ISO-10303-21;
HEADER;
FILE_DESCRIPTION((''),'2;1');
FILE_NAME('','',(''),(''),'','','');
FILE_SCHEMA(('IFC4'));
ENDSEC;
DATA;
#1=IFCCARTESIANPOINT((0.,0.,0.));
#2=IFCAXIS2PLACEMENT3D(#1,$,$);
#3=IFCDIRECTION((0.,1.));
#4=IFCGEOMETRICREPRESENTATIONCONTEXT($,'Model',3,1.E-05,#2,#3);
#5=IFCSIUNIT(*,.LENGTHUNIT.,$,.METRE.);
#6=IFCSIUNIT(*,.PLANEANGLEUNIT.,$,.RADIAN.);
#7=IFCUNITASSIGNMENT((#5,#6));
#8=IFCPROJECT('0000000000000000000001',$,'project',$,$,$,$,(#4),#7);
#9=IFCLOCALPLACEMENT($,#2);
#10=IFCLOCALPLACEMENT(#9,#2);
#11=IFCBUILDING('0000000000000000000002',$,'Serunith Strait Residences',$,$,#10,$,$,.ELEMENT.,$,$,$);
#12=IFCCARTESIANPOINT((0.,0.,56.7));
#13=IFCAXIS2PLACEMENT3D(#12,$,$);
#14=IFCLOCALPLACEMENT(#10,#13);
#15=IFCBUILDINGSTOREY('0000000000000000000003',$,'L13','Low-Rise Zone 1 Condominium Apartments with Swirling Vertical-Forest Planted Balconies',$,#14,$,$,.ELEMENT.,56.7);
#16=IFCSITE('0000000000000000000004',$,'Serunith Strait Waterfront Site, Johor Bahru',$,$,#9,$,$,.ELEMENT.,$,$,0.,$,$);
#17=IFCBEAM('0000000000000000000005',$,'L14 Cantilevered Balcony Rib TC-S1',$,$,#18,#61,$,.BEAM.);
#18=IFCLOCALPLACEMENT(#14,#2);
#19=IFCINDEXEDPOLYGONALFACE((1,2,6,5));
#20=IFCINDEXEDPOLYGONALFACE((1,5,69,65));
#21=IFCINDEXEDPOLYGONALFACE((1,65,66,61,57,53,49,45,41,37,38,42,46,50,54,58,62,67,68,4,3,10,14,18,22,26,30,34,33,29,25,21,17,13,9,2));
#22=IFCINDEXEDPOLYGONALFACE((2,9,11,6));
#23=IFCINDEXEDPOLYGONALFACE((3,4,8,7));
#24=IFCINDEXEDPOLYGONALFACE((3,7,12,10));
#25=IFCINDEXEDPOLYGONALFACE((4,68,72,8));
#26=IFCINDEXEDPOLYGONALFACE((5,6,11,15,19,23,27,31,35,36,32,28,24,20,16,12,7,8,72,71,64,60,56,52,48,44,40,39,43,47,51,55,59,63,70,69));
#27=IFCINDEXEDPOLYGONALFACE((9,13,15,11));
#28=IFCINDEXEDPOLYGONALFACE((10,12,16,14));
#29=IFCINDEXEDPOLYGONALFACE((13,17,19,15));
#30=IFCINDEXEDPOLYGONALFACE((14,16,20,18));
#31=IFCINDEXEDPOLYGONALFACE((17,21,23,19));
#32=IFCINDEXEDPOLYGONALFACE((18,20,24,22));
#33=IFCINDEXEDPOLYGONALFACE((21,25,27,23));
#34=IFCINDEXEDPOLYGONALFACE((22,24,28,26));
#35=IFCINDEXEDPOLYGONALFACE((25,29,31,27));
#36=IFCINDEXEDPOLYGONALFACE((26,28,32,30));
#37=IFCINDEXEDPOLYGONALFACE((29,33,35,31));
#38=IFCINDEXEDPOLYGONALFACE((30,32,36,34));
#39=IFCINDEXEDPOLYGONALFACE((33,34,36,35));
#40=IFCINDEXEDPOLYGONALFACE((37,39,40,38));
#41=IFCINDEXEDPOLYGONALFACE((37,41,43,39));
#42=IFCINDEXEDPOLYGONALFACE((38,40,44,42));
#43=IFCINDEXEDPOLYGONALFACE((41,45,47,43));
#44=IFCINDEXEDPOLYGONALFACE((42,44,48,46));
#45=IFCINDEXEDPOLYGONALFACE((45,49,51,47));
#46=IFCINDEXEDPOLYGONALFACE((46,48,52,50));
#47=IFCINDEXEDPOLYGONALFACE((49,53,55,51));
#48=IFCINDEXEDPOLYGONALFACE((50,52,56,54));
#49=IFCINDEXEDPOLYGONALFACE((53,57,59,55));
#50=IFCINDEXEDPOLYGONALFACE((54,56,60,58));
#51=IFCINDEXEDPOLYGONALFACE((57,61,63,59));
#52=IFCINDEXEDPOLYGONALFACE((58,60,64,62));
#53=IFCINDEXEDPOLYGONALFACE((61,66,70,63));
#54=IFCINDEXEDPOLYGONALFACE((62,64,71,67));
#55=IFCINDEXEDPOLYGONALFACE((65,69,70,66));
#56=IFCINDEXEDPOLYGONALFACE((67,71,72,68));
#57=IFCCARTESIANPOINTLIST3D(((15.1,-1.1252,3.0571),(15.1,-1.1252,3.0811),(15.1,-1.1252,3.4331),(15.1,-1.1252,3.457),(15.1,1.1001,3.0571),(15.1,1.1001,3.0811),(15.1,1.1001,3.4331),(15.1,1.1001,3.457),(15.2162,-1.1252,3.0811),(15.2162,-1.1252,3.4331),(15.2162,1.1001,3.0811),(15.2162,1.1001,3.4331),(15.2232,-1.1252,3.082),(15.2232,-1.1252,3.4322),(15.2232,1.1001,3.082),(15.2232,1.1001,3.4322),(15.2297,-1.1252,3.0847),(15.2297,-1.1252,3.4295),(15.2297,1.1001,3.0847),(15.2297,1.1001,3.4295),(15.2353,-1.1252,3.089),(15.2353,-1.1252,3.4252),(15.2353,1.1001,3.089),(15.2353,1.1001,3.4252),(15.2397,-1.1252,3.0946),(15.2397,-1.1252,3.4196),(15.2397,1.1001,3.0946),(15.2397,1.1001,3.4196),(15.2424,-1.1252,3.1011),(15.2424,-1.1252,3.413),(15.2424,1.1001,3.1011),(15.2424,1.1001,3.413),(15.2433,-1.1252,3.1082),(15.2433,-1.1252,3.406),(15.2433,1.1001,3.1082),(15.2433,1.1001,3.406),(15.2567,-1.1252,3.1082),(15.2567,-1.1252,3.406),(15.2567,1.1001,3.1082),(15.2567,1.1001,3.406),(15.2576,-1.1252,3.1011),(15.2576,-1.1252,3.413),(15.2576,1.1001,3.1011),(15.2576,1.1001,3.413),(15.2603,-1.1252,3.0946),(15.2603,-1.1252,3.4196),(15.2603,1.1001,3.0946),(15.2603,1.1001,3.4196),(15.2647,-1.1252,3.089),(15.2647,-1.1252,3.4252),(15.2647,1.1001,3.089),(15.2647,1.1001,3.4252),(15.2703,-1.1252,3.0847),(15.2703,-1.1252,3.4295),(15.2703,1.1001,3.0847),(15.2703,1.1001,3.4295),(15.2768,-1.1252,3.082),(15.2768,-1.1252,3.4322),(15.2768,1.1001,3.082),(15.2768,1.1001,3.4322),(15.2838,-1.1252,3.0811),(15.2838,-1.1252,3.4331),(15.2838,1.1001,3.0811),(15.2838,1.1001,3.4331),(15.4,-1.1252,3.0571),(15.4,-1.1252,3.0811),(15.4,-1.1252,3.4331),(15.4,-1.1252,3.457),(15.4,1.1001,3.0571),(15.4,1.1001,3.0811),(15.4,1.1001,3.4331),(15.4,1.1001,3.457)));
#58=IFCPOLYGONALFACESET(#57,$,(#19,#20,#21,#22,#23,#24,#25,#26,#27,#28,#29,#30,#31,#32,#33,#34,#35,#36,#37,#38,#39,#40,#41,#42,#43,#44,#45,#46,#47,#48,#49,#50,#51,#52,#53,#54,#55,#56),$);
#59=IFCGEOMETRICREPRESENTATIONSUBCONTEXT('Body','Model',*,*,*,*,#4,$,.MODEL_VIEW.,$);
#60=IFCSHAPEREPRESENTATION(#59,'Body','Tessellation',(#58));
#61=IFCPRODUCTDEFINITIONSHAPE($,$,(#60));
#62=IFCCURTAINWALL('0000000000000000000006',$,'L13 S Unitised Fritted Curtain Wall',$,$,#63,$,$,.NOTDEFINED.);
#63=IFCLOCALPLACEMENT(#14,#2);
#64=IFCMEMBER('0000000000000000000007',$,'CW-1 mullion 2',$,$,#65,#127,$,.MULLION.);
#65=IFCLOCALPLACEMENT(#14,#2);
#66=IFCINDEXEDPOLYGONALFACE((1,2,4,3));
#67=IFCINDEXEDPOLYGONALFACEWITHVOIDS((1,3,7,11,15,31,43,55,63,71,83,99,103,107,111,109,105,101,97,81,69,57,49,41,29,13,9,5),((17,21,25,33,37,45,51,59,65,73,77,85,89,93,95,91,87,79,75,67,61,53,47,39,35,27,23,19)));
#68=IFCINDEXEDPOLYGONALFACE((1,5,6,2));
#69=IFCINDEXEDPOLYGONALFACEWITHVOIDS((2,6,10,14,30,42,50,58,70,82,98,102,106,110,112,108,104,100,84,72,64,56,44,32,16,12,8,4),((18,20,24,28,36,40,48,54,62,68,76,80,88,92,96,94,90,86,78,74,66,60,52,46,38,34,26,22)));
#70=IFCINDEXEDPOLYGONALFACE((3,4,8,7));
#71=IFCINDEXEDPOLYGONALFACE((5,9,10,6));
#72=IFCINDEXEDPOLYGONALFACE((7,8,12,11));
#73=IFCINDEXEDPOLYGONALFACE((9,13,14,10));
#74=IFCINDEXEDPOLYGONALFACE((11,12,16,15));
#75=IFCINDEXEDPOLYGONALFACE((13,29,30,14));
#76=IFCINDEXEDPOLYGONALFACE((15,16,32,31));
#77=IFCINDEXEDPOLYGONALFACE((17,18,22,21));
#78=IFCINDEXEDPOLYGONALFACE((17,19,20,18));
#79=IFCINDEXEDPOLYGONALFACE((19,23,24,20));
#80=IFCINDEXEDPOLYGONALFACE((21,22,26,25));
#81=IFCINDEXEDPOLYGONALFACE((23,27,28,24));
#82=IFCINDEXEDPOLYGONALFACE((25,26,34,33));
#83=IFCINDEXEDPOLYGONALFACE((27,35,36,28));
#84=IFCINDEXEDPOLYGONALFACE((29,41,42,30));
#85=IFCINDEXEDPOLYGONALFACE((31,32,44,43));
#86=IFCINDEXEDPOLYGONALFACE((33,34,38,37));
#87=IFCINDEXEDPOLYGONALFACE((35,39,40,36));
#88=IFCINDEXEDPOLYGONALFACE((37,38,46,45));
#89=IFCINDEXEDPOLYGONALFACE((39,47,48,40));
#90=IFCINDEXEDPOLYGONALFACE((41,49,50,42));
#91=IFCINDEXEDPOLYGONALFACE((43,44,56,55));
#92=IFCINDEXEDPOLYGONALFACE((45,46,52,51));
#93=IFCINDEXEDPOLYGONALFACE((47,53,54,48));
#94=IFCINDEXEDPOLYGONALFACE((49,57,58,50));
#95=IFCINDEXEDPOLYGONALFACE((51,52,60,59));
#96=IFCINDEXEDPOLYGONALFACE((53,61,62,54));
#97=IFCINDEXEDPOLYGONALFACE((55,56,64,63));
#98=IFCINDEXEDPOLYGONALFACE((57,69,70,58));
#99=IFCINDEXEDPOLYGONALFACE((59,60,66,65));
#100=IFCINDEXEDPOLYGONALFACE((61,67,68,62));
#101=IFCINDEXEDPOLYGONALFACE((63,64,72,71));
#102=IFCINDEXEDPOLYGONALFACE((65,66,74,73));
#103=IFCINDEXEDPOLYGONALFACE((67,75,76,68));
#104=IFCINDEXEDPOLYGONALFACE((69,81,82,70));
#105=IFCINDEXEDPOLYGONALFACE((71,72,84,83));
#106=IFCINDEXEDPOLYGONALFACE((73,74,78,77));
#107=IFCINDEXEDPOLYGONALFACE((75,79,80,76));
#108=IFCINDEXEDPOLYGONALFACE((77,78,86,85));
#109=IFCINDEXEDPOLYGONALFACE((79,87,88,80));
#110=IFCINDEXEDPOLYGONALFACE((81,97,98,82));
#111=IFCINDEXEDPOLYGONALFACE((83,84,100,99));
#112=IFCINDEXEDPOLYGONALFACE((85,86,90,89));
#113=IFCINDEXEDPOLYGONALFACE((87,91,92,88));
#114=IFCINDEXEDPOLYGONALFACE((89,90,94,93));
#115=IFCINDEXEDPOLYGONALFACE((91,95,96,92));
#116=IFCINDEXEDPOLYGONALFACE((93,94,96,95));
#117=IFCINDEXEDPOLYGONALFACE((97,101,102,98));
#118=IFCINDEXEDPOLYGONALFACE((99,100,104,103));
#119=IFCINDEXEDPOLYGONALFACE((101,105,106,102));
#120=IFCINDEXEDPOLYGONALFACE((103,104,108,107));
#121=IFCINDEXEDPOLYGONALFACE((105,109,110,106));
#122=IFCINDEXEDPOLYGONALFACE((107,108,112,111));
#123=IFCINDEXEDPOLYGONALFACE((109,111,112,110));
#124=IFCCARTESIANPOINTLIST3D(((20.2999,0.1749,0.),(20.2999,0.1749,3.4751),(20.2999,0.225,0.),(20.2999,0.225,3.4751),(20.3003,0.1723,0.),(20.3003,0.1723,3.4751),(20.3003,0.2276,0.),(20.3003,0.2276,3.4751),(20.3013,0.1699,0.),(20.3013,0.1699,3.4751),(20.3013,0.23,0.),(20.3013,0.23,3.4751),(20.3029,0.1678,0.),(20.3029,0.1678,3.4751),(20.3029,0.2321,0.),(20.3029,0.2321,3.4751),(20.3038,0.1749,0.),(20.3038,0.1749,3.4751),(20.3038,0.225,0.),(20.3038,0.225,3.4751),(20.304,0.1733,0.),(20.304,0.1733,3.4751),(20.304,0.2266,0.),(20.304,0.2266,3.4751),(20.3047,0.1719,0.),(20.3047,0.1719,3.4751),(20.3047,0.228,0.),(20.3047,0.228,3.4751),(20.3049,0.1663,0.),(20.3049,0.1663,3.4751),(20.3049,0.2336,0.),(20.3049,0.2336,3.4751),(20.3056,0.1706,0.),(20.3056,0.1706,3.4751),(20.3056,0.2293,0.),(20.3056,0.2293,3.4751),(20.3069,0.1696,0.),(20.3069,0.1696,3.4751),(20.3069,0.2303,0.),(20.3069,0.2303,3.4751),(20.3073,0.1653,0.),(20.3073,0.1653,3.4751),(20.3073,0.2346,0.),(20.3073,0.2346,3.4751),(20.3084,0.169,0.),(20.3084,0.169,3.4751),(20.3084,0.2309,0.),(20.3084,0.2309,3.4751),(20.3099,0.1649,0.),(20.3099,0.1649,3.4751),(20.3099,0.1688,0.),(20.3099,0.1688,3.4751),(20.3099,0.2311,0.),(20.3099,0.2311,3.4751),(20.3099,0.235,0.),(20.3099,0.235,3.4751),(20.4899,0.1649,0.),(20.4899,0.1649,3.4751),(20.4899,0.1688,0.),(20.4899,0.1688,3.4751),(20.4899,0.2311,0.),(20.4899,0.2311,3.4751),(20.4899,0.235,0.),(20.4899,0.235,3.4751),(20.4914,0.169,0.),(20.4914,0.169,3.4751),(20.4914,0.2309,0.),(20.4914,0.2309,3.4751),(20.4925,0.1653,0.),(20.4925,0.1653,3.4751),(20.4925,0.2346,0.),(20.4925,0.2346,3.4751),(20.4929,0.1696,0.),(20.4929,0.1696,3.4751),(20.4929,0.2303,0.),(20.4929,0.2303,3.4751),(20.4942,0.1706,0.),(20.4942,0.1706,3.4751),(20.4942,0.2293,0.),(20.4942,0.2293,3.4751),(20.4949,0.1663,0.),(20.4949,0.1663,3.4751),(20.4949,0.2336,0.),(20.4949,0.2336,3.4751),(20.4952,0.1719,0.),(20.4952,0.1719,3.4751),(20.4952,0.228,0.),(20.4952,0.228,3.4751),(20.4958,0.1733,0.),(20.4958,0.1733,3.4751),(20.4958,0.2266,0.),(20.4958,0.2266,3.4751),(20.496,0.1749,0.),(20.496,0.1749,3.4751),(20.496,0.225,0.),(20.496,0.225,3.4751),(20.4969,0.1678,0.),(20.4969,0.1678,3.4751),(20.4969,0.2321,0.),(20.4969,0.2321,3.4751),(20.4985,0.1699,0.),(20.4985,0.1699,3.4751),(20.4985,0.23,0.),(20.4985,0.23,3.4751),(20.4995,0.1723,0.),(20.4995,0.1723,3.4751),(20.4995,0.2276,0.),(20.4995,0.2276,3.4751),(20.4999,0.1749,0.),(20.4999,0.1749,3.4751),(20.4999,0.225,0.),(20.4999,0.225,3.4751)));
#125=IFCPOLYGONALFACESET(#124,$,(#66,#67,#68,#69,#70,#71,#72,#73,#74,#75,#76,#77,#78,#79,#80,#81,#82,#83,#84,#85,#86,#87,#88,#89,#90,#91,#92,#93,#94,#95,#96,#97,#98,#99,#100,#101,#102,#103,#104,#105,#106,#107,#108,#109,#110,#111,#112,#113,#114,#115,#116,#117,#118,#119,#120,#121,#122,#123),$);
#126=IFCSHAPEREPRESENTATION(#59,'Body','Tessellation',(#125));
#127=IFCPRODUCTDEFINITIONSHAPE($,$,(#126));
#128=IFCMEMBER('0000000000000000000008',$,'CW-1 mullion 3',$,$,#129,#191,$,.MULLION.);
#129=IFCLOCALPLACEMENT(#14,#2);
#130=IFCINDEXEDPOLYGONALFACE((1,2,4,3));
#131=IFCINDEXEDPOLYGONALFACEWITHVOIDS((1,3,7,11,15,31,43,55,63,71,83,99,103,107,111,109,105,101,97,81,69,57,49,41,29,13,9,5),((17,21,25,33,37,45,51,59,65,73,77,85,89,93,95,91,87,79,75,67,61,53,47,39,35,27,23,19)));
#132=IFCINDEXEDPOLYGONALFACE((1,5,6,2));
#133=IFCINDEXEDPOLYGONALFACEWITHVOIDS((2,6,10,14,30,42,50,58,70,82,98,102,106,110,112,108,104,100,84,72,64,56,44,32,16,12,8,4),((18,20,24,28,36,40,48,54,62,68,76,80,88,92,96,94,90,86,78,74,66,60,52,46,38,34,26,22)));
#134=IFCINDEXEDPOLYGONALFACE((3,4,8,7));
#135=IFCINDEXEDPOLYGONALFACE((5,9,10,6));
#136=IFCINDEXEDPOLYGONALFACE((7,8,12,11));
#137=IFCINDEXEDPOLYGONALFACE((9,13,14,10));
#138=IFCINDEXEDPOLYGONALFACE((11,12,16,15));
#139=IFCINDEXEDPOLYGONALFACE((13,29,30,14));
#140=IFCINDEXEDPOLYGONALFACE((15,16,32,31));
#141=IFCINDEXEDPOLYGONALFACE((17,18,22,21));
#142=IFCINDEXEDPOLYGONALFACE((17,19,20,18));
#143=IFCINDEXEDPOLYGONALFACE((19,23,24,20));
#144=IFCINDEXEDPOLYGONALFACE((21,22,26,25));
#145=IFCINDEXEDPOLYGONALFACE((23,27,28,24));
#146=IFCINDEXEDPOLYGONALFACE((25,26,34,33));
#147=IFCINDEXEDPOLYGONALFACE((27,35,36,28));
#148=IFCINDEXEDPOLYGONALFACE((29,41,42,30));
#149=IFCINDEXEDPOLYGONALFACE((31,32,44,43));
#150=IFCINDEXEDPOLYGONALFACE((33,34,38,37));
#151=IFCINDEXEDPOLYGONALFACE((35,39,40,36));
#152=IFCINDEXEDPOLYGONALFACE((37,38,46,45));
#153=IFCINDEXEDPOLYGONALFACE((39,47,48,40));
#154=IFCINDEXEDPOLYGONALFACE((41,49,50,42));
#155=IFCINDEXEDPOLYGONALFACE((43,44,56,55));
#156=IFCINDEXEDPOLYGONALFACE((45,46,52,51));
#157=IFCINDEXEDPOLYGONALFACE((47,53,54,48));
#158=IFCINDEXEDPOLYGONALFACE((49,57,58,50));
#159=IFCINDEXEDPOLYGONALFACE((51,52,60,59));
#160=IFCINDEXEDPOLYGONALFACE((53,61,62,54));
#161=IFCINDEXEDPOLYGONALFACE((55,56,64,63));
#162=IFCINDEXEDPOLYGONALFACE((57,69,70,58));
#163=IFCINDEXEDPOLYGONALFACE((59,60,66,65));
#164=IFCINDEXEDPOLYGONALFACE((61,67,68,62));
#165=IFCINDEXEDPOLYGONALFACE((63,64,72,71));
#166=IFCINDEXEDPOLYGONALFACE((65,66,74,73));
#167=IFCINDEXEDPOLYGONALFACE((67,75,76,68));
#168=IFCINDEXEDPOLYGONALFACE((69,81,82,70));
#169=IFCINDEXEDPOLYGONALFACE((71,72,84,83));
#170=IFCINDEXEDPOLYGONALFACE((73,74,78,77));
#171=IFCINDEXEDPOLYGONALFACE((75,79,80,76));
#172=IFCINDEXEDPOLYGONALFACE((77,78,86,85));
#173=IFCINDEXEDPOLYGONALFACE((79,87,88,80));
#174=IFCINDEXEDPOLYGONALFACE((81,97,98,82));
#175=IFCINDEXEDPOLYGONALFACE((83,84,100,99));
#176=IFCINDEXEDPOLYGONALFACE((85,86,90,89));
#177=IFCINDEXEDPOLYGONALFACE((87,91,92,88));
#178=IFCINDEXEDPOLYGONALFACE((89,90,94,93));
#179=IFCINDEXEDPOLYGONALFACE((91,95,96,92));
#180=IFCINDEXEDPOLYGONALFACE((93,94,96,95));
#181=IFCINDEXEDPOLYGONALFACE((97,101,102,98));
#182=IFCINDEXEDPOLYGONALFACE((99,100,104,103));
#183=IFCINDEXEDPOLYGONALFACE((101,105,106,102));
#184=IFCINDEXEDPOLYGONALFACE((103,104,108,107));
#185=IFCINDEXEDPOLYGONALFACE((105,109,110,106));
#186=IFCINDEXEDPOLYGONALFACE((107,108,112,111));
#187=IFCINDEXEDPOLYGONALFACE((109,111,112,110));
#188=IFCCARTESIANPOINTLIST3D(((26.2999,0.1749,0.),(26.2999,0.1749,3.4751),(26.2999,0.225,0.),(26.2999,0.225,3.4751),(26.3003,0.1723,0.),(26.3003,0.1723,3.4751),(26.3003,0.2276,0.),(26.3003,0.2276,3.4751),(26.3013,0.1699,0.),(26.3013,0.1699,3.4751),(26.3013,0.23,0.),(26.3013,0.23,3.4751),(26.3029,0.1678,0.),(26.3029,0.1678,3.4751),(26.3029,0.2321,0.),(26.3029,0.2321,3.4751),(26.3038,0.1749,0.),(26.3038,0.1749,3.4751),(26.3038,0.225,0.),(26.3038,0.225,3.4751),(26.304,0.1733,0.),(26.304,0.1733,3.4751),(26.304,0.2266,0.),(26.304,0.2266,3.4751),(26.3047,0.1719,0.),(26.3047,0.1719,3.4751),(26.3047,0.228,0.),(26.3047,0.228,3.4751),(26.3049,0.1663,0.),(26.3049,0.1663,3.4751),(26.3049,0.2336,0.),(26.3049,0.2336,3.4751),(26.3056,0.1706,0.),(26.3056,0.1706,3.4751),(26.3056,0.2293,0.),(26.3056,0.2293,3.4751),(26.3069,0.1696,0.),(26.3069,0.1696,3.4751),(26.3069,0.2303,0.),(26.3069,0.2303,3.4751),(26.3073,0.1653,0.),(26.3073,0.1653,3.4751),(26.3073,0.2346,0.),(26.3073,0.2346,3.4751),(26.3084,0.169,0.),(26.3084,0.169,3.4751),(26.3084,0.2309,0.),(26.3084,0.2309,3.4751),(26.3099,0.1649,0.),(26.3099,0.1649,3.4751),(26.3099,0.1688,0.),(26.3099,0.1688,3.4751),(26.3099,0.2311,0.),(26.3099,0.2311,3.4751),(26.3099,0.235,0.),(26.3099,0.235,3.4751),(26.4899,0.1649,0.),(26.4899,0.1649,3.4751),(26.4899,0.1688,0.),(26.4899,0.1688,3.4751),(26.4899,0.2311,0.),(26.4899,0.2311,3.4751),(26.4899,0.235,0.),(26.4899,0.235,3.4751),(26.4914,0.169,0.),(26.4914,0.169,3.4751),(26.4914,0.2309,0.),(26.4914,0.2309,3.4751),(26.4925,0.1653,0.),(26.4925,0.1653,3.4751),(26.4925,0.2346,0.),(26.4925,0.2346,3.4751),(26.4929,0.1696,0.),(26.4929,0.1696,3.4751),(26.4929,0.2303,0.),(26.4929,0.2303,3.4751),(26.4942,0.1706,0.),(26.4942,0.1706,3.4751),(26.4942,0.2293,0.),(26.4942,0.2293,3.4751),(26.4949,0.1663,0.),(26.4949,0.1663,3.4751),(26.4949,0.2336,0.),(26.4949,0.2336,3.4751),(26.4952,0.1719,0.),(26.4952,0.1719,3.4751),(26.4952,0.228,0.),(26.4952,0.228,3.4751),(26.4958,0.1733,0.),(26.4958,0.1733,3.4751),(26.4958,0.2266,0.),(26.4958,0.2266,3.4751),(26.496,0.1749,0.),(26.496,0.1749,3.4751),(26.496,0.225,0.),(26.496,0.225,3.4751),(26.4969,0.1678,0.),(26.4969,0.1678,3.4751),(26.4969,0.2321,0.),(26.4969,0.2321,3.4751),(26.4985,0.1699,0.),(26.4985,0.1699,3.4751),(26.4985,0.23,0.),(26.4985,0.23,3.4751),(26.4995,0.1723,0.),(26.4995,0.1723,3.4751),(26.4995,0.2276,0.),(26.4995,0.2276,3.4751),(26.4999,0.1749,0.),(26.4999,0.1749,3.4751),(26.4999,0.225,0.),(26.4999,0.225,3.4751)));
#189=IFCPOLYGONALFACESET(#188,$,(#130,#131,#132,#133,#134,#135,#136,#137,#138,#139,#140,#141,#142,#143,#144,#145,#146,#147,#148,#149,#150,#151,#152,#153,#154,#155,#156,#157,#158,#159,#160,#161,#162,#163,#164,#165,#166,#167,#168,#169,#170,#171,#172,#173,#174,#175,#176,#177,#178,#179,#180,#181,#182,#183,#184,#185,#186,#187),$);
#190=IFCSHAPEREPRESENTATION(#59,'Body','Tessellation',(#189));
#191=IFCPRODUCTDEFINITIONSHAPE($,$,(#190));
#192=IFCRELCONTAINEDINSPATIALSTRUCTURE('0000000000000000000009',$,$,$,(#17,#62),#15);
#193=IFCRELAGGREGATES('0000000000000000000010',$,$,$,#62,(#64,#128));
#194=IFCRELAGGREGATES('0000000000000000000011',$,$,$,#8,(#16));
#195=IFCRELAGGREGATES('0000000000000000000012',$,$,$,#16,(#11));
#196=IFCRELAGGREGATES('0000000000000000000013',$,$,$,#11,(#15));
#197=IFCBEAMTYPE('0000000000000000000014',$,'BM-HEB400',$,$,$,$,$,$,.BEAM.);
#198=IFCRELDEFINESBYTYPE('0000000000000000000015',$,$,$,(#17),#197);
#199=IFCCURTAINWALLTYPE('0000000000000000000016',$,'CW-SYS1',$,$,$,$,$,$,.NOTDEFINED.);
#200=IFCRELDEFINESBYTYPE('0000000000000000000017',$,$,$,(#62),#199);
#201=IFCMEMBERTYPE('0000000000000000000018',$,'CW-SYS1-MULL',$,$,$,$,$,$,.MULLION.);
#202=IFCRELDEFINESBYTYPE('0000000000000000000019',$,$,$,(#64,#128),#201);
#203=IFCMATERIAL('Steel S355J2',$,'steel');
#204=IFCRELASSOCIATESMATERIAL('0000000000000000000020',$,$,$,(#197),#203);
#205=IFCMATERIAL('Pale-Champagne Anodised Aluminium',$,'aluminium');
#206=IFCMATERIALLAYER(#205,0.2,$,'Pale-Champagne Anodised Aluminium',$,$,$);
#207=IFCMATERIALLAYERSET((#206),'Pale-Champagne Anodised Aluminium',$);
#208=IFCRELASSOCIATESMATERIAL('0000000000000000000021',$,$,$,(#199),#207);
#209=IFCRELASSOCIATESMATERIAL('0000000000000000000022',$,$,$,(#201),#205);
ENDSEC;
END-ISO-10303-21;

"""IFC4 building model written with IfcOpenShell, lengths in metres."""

from ifc_helpers import new_model, si_unit, direction, frame, origin, origin_2d, place, context, subcontext, project, spatial, hollow_rectangle, i_section, extrude, source, transform, mapped, material, layer, layer_set, material_profile, profile_set, type_object, element, aggregate, save


model = new_model("IFC4")

# Units and contexts
model_context = context("Model", 3, precision=1e-05, world=origin(), true_north=direction((0.0, 1.0)))
body_context = subcontext(model_context, "Body", "Model", "MODEL_VIEW")
ifc_project = project(units=[si_unit("LENGTHUNIT", "METRE"), si_unit("PLANEANGLEUNIT", "RADIAN")], contexts=[model_context])

# Site, building, storey
site_placement = place(None, origin())
site = spatial("IfcSite", under=ifc_project, at=site_placement, Name="Serunith Strait Waterfront Site, Johor Bahru", CompositionType="ELEMENT", RefElevation=0.0)
building_placement = place(site_placement, origin())
building = spatial("IfcBuilding", under=site, at=building_placement, Name="Serunith Strait Residences", CompositionType="ELEMENT")
storey_placement = place(building_placement, frame((0.0, 0.0, 56.7)))
storey = spatial("IfcBuildingStorey", under=building, at=storey_placement, Name="L13", Description="Low-Rise Zone 1 Condominium Apartments with Swirling Vertical-Forest Planted Balconies", CompositionType="ELEMENT", Elevation=56.7)

# Beam
ifc_material_1 = material(Name="Steel S355J2", Category="steel")
ifc_material_profile_1 = material_profile(ifc_material_1, i_section(OverallWidth=0.3, OverallDepth=0.3999, WebThickness=0.0134, FlangeThickness=0.0239, FilletRadius=0.0271, at=origin_2d()), Name="HEB 400")
ifc_profile_set_1 = profile_set([ifc_material_profile_1], Name="Steel S355J2")
beam_type_1 = type_object("IfcBeamType", Name="BM-HEB400", PredefinedType="BEAM", material=ifc_profile_set_1)
shared_shape_1 = source(origin(), body_context, "Body", "SweptSolid", [
    extrude(i_section(OverallWidth=0.3, OverallDepth=0.3999, WebThickness=0.0134, FlangeThickness=0.0239, FilletRadius=0.0271, at=origin_2d()), origin(), (0.0, 0.0, 1.0), 2.2253),
])
beam_1_placement = place(storey_placement, frame((15.25, 1.1001, 3.2571), z_axis=(0.0, -1.0, 0.0), x_axis=(1.0, 0.0, 0.0)))
element("IfcBeam", 1, at=beam_1_placement, inside=storey, type_object=beam_type_1, Name="L14 Cantilevered Balcony Rib TC-S1", PredefinedType="BEAM", context=body_context, shape_type="MappedRepresentation", body=[
    mapped(shared_shape_1, transform((0.0, 0.0, 0.0), scale=1.0)),
])

# Curtain wall, members
ifc_material_2 = material(Name="Pale-Champagne Anodised Aluminium", Category="aluminium")
ifc_layer_1 = layer(ifc_material_2, 0.2, Name="Pale-Champagne Anodised Aluminium")
ifc_layer_set_1 = layer_set([ifc_layer_1], Name="Pale-Champagne Anodised Aluminium")
curtain_wall_type = type_object("IfcCurtainWallType", Name="CW-SYS1", PredefinedType="NOTDEFINED", material=ifc_layer_set_1)
curtain_wall_placement = place(storey_placement, origin())
curtain_wall = element("IfcCurtainWall", 2, at=curtain_wall_placement, inside=storey, type_object=curtain_wall_type, Name="L13 S Unitised Fritted Curtain Wall", PredefinedType="NOTDEFINED")
ifc_material_profile_2 = material_profile(ifc_material_2, hollow_rectangle(XDim=0.0701, YDim=0.2, WallThickness=0.0039, InnerFilletRadius=0.0061, OuterFilletRadius=0.01, at=origin_2d()), Name="ALU 200x70x4")
ifc_profile_set_2 = profile_set([ifc_material_profile_2], Name="Pale-Champagne Anodised Aluminium")
member_type_1 = type_object("IfcMemberType", Name="CW-SYS1-MULL", PredefinedType="MULLION", material=ifc_profile_set_2)
shared_shape_2 = source(origin(), body_context, "Body", "SweptSolid", [
    extrude(hollow_rectangle(XDim=0.0701, YDim=0.2, WallThickness=0.0039, InnerFilletRadius=0.0061, OuterFilletRadius=0.01, at=origin_2d()), origin(), (0.0, 0.0, 1.0), 3.4751),
])
member_1_placement = place(storey_placement, frame((20.3999, 0.2, 0.0), z_axis=(0.0, 0.0, 1.0), x_axis=(0.0, 1.0, 0.0)))
member_1 = element("IfcMember", 3, at=member_1_placement, type_object=member_type_1, Name="CW-1 mullion 2", PredefinedType="MULLION", context=body_context, shape_type="MappedRepresentation", body=[
    mapped(shared_shape_2, transform((0.0, 0.0, 0.0), scale=1.0)),
])
member_2_placement = place(storey_placement, frame((26.3999, 0.2, 0.0), z_axis=(0.0, 0.0, 1.0), x_axis=(0.0, 1.0, 0.0)))
member_2 = element("IfcMember", 4, at=member_2_placement, type_object=member_type_1, Name="CW-1 mullion 3", PredefinedType="MULLION", context=body_context, shape_type="MappedRepresentation", body=[
    mapped(shared_shape_2, transform((0.0, 0.0, 0.0), scale=1.0)),
])
aggregate(curtain_wall, [member_1, member_2])

save(model, "model.ifc")
